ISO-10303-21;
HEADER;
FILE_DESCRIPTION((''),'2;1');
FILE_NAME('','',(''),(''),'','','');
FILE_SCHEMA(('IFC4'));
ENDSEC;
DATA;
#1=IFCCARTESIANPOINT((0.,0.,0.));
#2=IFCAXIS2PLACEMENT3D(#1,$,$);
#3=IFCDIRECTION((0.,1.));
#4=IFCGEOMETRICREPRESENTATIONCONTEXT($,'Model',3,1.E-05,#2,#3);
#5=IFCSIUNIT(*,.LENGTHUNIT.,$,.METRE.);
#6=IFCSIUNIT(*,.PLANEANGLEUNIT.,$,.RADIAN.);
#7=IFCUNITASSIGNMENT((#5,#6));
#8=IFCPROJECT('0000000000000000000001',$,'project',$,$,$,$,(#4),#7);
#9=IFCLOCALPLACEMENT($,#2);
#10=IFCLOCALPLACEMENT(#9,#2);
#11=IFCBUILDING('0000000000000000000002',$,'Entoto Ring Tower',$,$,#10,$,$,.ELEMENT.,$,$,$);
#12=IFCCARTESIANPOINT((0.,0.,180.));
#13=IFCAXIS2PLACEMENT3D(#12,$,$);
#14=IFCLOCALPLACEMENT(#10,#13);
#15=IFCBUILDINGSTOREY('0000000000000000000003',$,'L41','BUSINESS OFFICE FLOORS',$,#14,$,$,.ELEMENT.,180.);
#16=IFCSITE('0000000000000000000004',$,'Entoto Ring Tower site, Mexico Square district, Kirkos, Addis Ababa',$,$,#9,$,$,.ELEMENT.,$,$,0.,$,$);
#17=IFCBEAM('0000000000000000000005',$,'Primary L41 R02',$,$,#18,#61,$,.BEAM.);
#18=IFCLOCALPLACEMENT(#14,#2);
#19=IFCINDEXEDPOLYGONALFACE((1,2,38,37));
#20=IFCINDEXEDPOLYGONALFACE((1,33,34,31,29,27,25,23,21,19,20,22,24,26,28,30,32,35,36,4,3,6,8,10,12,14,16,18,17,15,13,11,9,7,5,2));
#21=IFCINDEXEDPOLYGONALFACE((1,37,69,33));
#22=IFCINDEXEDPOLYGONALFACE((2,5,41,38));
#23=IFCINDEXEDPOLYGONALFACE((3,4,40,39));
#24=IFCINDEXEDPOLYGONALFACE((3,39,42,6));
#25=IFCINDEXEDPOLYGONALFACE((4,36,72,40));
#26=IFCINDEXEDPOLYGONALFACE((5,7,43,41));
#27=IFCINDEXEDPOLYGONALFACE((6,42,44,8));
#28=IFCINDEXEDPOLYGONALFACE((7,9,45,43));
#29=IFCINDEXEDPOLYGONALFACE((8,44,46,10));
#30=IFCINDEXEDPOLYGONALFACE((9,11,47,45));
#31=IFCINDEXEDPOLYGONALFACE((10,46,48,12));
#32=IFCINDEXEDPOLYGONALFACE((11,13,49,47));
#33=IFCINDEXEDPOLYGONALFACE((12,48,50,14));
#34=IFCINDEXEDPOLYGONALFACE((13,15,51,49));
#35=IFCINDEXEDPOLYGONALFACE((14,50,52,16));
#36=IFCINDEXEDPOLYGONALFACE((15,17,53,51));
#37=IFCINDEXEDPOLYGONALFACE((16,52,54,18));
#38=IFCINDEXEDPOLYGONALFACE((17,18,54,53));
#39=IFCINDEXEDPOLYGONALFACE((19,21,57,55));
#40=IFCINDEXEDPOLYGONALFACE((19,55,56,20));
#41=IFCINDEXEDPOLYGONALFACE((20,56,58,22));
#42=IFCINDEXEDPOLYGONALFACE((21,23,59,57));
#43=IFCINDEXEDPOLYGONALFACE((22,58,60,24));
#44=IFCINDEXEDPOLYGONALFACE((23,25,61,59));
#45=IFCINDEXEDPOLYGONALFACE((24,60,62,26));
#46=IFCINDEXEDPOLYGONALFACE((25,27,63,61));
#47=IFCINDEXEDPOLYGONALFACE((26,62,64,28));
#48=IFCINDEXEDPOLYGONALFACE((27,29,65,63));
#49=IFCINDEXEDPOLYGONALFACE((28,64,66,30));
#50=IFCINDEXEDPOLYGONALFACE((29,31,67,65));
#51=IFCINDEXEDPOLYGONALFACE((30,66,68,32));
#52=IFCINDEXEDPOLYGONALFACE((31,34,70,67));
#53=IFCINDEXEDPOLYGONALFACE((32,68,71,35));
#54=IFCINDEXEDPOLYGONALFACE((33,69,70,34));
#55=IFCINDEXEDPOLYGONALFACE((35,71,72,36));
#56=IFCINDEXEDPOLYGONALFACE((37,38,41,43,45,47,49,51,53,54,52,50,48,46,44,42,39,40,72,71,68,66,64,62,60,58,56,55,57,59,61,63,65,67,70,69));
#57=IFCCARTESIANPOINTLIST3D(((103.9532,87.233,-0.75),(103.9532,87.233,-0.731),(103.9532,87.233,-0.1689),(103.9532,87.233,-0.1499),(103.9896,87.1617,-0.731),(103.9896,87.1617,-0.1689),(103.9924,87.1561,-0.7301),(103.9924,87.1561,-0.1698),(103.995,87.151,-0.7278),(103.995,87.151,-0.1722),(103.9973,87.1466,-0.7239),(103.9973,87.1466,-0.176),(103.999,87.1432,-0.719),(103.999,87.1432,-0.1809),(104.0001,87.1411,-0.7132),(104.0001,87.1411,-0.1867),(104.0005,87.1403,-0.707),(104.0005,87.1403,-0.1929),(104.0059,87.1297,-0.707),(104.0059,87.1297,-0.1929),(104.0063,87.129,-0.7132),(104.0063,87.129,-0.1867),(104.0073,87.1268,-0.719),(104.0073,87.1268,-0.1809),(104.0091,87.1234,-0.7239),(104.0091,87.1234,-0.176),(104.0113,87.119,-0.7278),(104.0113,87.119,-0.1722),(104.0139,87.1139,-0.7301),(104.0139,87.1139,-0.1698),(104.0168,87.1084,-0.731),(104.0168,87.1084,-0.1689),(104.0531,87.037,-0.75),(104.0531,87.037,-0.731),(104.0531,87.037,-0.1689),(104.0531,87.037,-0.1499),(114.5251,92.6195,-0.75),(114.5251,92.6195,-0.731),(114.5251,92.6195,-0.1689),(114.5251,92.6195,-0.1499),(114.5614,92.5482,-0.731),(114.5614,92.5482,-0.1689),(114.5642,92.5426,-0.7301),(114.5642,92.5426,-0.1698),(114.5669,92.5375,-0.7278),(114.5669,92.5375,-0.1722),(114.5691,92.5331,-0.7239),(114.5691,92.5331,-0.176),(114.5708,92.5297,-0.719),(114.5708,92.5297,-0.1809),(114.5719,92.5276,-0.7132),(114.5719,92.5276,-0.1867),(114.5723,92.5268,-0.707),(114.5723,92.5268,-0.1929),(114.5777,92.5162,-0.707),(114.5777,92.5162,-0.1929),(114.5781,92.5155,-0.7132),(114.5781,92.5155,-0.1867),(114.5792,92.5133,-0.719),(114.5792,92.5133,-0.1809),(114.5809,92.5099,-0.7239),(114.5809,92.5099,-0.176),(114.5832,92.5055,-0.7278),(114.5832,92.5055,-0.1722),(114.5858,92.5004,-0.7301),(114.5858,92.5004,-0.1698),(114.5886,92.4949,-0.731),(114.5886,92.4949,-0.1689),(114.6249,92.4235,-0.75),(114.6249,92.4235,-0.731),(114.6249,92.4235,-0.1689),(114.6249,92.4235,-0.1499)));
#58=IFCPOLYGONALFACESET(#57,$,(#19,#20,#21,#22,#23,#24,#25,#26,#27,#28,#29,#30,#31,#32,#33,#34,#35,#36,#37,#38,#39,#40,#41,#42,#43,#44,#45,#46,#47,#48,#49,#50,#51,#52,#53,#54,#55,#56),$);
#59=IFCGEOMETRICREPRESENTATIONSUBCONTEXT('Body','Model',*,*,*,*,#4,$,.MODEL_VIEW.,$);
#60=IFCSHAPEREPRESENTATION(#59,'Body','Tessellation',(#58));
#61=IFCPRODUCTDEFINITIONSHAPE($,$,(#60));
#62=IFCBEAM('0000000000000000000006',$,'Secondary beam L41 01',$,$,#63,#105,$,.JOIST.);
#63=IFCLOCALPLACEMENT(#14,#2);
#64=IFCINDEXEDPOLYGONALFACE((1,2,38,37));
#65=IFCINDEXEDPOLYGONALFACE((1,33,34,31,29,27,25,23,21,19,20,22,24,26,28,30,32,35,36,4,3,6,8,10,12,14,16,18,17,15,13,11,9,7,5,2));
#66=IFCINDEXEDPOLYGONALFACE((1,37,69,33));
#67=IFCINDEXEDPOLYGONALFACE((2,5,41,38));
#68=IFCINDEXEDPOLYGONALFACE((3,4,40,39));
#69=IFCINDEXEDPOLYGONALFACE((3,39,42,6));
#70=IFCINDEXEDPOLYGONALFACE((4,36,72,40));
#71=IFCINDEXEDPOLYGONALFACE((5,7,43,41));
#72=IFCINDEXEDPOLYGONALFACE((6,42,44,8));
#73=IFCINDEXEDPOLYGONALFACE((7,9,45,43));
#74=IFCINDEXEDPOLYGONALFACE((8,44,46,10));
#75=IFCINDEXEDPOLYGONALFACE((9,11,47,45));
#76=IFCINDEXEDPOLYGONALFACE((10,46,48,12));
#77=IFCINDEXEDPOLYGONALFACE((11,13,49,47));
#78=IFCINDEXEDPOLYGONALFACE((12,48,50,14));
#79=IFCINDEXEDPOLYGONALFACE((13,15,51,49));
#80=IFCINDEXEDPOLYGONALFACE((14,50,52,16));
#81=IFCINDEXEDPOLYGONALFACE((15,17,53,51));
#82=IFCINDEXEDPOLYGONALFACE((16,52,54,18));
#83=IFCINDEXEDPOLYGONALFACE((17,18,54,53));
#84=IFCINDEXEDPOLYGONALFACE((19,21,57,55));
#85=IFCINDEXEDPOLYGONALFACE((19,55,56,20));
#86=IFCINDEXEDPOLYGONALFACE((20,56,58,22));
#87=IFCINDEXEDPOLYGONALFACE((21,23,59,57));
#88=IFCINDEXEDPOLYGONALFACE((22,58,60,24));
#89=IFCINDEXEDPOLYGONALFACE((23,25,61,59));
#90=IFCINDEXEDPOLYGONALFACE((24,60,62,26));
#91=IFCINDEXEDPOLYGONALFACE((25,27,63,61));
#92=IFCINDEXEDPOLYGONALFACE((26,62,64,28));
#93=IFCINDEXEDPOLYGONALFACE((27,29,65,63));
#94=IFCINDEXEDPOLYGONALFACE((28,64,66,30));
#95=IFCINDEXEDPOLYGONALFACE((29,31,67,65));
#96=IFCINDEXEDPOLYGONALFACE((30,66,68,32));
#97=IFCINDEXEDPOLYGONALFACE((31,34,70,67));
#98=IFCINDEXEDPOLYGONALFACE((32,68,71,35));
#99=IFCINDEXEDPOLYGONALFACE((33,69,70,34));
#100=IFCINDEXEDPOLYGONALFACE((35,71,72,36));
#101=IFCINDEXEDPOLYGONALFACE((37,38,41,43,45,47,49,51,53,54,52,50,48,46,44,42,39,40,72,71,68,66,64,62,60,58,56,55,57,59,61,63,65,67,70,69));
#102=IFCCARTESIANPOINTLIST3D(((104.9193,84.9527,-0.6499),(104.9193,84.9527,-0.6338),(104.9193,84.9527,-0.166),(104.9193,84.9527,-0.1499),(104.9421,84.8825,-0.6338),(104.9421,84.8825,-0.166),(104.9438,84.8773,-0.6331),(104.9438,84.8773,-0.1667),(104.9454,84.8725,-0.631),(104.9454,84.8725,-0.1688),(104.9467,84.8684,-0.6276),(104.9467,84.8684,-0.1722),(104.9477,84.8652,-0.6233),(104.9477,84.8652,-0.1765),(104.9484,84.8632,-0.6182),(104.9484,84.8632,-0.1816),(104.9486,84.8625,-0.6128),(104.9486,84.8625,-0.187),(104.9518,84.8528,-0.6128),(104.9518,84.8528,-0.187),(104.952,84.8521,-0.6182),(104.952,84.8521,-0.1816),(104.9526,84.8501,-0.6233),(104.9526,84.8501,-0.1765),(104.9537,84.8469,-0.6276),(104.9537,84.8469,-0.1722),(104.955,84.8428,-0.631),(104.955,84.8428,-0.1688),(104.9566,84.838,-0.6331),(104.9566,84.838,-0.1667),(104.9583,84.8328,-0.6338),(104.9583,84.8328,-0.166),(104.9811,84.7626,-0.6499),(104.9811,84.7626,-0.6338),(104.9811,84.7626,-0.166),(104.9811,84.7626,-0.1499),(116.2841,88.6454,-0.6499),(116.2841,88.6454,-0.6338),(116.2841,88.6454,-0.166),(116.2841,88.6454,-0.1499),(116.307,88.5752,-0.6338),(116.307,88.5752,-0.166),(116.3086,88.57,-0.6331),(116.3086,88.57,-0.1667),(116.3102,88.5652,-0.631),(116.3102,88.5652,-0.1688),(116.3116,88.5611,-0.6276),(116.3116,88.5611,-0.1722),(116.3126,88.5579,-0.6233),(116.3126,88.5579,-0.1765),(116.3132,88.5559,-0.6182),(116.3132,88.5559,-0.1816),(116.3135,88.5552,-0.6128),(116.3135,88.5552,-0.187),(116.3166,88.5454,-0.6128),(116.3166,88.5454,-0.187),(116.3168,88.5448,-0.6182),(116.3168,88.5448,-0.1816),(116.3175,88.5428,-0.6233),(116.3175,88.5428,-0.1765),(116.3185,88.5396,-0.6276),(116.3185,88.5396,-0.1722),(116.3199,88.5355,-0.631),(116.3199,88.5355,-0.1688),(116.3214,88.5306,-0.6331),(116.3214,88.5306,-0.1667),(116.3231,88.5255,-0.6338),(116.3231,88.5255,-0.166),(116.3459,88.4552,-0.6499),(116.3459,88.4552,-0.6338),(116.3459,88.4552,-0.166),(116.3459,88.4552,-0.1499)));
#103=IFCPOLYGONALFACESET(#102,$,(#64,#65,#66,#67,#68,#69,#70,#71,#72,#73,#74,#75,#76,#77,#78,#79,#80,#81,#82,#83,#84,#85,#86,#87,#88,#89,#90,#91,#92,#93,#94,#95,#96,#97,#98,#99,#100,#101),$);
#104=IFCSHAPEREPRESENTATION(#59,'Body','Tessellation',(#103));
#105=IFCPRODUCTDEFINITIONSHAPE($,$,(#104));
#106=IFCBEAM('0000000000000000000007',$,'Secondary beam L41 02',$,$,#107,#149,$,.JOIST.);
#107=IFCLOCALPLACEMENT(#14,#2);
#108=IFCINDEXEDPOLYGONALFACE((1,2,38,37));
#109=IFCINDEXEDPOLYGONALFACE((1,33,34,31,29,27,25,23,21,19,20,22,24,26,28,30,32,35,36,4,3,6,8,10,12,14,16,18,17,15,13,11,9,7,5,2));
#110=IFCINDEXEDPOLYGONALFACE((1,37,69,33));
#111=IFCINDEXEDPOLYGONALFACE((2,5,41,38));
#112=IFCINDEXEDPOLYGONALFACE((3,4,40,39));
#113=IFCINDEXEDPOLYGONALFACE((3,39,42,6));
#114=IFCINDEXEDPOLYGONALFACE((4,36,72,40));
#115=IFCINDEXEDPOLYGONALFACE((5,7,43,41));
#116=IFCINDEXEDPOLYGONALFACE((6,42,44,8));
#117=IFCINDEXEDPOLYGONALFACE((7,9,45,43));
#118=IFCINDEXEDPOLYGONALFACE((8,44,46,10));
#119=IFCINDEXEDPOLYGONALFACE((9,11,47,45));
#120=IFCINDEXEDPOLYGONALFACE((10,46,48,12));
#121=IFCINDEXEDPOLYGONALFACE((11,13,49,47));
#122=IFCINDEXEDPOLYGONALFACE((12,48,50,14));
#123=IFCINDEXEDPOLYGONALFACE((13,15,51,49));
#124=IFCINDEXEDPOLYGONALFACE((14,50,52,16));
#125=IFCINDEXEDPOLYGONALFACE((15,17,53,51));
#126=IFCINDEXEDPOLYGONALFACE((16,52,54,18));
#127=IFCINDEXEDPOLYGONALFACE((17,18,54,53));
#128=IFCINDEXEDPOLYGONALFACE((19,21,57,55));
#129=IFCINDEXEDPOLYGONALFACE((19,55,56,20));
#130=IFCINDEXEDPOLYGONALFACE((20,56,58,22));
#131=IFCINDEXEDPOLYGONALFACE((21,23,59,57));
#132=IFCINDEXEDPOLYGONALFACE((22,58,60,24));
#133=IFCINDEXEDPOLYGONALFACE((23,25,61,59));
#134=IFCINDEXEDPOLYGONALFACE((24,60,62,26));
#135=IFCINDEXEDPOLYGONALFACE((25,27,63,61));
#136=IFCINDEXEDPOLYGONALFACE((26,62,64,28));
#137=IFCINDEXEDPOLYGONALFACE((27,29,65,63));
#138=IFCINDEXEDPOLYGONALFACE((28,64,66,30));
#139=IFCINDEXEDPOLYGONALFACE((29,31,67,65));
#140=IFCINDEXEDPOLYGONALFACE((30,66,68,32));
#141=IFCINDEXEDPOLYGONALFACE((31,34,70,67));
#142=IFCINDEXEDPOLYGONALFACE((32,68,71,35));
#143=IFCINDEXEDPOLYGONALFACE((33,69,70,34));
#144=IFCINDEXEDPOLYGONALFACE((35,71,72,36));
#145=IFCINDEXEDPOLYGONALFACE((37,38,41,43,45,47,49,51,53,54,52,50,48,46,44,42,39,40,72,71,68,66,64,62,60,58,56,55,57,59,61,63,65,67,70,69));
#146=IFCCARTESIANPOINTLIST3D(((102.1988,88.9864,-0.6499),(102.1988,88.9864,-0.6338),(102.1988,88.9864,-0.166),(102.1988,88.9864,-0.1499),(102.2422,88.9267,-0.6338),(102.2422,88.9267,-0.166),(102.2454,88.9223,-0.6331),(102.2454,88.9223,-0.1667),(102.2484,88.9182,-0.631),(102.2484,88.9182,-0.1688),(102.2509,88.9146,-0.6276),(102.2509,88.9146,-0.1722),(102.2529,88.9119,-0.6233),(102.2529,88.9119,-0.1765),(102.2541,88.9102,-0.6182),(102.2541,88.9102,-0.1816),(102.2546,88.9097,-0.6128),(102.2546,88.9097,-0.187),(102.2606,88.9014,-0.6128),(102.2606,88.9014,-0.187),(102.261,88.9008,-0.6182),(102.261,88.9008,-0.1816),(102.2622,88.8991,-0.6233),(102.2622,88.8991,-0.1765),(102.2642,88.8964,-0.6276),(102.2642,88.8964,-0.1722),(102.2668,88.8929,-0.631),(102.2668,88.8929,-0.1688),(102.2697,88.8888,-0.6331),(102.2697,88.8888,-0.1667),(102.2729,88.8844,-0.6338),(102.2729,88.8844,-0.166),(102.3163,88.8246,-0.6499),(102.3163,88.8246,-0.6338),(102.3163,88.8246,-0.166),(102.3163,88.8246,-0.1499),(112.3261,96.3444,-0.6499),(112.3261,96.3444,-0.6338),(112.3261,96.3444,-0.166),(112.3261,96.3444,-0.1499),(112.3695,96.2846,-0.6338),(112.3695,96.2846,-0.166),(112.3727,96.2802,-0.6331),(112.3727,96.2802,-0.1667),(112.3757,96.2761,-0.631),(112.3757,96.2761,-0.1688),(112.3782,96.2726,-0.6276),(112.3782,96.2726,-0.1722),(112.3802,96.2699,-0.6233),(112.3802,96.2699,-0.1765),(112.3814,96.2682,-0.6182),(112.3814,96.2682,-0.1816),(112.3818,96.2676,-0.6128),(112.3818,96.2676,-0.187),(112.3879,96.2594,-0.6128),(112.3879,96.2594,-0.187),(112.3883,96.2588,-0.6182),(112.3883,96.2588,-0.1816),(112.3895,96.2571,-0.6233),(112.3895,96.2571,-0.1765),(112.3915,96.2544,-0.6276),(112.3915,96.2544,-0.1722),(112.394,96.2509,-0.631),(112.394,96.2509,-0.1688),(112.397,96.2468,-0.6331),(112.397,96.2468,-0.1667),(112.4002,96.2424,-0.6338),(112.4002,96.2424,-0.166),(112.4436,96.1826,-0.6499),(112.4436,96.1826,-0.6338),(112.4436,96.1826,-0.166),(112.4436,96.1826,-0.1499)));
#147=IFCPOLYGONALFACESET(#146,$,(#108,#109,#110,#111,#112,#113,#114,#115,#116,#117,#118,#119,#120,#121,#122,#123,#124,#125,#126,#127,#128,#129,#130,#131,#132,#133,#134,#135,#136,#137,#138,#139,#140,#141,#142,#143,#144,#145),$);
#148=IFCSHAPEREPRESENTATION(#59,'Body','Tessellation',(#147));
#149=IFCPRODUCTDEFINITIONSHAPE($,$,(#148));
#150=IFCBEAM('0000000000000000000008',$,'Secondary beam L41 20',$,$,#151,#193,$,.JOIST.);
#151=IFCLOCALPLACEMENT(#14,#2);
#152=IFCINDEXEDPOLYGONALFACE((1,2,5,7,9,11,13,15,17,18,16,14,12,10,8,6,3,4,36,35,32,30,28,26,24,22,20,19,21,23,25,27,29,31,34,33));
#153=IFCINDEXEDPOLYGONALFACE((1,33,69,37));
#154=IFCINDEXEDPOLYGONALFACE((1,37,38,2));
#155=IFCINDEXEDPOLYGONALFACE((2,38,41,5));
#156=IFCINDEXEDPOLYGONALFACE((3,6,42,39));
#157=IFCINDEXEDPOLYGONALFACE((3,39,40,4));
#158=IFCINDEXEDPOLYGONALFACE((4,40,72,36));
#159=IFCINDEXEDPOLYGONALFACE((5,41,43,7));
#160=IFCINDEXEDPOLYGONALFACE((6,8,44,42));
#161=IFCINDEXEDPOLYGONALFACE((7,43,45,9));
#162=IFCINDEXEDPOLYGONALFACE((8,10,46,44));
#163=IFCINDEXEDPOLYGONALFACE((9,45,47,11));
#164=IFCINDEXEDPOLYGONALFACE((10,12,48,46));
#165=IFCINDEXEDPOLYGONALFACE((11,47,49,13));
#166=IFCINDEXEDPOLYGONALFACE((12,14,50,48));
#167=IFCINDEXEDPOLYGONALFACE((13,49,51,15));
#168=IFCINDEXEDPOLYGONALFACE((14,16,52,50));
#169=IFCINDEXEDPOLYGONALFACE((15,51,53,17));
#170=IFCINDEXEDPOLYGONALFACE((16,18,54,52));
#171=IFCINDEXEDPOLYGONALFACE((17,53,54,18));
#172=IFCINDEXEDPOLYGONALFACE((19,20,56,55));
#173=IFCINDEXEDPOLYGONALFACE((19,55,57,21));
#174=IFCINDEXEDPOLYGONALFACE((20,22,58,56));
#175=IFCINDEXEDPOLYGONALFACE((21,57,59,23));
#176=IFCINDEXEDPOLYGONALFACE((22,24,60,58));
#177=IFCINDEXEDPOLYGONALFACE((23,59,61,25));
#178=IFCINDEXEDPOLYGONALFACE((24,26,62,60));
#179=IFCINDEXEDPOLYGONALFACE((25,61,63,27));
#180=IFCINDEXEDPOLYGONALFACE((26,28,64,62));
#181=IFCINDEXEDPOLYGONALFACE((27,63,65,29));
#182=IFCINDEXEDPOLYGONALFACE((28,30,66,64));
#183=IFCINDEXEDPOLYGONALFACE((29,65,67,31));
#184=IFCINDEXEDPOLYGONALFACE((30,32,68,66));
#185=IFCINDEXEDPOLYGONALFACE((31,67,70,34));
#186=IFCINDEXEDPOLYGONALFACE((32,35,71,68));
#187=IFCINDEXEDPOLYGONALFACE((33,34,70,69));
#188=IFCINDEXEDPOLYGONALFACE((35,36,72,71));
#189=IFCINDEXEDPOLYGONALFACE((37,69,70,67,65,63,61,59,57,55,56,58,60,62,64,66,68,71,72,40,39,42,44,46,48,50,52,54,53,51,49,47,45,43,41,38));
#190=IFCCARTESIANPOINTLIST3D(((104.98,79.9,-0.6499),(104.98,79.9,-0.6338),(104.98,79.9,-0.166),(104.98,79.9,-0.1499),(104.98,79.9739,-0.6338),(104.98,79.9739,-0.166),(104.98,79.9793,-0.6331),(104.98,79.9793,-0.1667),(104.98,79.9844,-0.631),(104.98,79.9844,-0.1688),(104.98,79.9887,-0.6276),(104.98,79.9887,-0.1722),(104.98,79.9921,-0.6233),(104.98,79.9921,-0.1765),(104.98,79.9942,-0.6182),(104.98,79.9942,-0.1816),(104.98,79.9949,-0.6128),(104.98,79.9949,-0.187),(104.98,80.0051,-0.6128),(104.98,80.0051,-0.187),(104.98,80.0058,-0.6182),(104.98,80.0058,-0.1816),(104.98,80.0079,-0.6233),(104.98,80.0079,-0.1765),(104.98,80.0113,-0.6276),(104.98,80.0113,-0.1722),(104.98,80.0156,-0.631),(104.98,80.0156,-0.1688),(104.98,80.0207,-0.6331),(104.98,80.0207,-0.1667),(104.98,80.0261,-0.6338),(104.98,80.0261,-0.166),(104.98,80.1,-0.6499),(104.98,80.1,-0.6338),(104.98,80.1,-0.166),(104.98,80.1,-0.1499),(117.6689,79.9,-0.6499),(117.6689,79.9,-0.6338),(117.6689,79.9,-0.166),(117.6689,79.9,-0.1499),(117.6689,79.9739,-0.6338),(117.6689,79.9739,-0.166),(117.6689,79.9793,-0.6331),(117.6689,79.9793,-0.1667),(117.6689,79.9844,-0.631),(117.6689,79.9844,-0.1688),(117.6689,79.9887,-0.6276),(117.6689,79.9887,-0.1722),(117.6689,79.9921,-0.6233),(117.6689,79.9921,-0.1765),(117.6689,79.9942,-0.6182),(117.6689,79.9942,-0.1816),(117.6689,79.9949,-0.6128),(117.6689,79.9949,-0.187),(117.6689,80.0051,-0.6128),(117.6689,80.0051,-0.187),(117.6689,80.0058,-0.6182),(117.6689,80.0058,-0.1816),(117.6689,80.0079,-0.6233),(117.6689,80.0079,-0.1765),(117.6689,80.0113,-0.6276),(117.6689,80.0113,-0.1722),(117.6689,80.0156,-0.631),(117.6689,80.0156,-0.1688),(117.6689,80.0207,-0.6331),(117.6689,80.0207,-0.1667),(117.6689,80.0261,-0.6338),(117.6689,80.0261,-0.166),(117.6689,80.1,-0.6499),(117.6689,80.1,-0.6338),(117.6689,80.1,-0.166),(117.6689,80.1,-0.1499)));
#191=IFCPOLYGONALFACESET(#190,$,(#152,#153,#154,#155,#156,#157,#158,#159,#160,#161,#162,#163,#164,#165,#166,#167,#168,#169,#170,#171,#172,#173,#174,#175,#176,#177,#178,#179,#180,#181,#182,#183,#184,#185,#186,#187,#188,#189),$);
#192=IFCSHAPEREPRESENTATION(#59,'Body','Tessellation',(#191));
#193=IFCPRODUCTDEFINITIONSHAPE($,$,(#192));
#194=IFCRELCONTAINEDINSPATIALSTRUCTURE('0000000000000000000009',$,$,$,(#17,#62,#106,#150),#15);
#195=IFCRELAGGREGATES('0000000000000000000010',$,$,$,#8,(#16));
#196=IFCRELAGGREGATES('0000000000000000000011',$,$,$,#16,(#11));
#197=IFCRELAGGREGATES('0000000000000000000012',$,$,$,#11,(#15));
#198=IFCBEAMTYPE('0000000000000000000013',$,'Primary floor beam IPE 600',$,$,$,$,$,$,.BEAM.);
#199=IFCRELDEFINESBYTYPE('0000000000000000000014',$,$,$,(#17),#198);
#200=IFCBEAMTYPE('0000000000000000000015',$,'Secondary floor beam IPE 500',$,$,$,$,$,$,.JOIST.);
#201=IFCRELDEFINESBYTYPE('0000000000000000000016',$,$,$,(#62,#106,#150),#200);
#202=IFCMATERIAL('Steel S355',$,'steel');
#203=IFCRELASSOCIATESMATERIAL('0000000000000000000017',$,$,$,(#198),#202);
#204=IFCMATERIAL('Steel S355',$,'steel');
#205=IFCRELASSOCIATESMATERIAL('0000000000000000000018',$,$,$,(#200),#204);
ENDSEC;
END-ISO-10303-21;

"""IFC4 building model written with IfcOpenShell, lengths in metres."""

from ifc_helpers import new_model, si_unit, direction, frame, origin, origin_2d, place, context, subcontext, project, spatial, i_section, extrude, material, material_profile, profile_set, type_object, element, save


model = new_model("IFC4")

# Units and contexts
model_context = context("Model", 3, precision=1e-05, world=origin(), true_north=direction((0.0, 1.0)))
body_context = subcontext(model_context, "Body", "Model", "MODEL_VIEW")
ifc_project = project(units=[si_unit("LENGTHUNIT", "METRE"), si_unit("PLANEANGLEUNIT", "RADIAN")], contexts=[model_context])

# Site, building, storey
site_placement = place(None, origin())
site = spatial("IfcSite", under=ifc_project, at=site_placement, Name="Entoto Ring Tower site, Mexico Square district, Kirkos, Addis Ababa", CompositionType="ELEMENT", RefElevation=0.0)
building_placement = place(site_placement, origin())
building = spatial("IfcBuilding", under=site, at=building_placement, Name="Entoto Ring Tower", CompositionType="ELEMENT")
storey_placement = place(building_placement, frame((0.0, 0.0, 180.0)))
storey = spatial("IfcBuildingStorey", under=building, at=storey_placement, Name="L41", Description="BUSINESS OFFICE FLOORS", CompositionType="ELEMENT", Elevation=180.0)

# Beams
ifc_material_1 = material(Name="Steel S355", Category="steel")
ifc_material_profile_1 = material_profile(ifc_material_1, i_section(OverallWidth=0.22, OverallDepth=0.6001, WebThickness=0.012, FlangeThickness=0.019, FilletRadius=0.0239, at=origin_2d()), Name="IPE 600")
ifc_profile_set_1 = profile_set([ifc_material_profile_1], Name="Steel S355")
beam_type_1 = type_object("IfcBeamType", Name="Primary floor beam IPE 600", PredefinedType="BEAM", material=ifc_profile_set_1)
beam_1_placement = place(storey_placement, frame((104.0032, 87.135, -0.45), z_axis=(0.89101, 0.453983, 0.0), x_axis=(-0.453983, 0.89101, 0.0)))
element("IfcBeam", 1, at=beam_1_placement, inside=storey, type_object=beam_type_1, Name="Primary L41 R02", PredefinedType="BEAM", context=body_context, shape_type="SweptSolid", body=[
    extrude(i_section(OverallWidth=0.22, OverallDepth=0.6001, WebThickness=0.012, FlangeThickness=0.019, FilletRadius=0.0239, at=origin_2d()), origin(), (0.0, 0.0, 1.0), 11.865),
])
ifc_material_2 = material(Name="Steel S355", Category="steel")
ifc_material_profile_2 = material_profile(ifc_material_2, i_section(OverallWidth=0.2, OverallDepth=0.5, WebThickness=0.0103, FlangeThickness=0.0161, FilletRadius=0.021, at=origin_2d()), Name="IPE 500")
ifc_profile_set_2 = profile_set([ifc_material_profile_2], Name="Steel S355")
beam_type_2 = type_object("IfcBeamType", Name="Secondary floor beam IPE 500", PredefinedType="JOIST", material=ifc_profile_set_2)
beam_2_placement = place(storey_placement, frame((104.9502, 84.8577, -0.3999), z_axis=(0.951057, 0.309017, 0.0), x_axis=(-0.309017, 0.951057, 0.0)))
element("IfcBeam", 2, at=beam_2_placement, inside=storey, type_object=beam_type_2, Name="Secondary beam L41 01", PredefinedType="JOIST", context=body_context, shape_type="SweptSolid", body=[
    extrude(i_section(OverallWidth=0.2, OverallDepth=0.5, WebThickness=0.0103, FlangeThickness=0.0161, FilletRadius=0.021, at=origin_2d()), origin(), (0.0, 0.0, 1.0), 11.9497),
])
beam_3_placement = place(storey_placement, frame((102.2576, 88.9055, -0.3999), z_axis=(0.809014, 0.587789, 0.0), x_axis=(-0.587789, 0.809014, 0.0)))
element("IfcBeam", 3, at=beam_3_placement, inside=storey, type_object=beam_type_2, Name="Secondary beam L41 02", PredefinedType="JOIST", context=body_context, shape_type="SweptSolid", body=[
    extrude(i_section(OverallWidth=0.2, OverallDepth=0.5, WebThickness=0.0103, FlangeThickness=0.0161, FilletRadius=0.021, at=origin_2d()), origin(), (0.0, 0.0, 1.0), 12.5181),
])
beam_4_placement = place(storey_placement, frame((104.98, 80.0, -0.3999), z_axis=(1.0, 0.0, 0.0), x_axis=(0.0, 1.0, 0.0)))
element("IfcBeam", 4, at=beam_4_placement, inside=storey, type_object=beam_type_2, Name="Secondary beam L41 20", PredefinedType="JOIST", context=body_context, shape_type="SweptSolid", body=[
    extrude(i_section(OverallWidth=0.2, OverallDepth=0.5, WebThickness=0.0103, FlangeThickness=0.0161, FilletRadius=0.021, at=origin_2d()), origin(), (0.0, 0.0, 1.0), 12.689),
])

save(model, "model.ifc")
